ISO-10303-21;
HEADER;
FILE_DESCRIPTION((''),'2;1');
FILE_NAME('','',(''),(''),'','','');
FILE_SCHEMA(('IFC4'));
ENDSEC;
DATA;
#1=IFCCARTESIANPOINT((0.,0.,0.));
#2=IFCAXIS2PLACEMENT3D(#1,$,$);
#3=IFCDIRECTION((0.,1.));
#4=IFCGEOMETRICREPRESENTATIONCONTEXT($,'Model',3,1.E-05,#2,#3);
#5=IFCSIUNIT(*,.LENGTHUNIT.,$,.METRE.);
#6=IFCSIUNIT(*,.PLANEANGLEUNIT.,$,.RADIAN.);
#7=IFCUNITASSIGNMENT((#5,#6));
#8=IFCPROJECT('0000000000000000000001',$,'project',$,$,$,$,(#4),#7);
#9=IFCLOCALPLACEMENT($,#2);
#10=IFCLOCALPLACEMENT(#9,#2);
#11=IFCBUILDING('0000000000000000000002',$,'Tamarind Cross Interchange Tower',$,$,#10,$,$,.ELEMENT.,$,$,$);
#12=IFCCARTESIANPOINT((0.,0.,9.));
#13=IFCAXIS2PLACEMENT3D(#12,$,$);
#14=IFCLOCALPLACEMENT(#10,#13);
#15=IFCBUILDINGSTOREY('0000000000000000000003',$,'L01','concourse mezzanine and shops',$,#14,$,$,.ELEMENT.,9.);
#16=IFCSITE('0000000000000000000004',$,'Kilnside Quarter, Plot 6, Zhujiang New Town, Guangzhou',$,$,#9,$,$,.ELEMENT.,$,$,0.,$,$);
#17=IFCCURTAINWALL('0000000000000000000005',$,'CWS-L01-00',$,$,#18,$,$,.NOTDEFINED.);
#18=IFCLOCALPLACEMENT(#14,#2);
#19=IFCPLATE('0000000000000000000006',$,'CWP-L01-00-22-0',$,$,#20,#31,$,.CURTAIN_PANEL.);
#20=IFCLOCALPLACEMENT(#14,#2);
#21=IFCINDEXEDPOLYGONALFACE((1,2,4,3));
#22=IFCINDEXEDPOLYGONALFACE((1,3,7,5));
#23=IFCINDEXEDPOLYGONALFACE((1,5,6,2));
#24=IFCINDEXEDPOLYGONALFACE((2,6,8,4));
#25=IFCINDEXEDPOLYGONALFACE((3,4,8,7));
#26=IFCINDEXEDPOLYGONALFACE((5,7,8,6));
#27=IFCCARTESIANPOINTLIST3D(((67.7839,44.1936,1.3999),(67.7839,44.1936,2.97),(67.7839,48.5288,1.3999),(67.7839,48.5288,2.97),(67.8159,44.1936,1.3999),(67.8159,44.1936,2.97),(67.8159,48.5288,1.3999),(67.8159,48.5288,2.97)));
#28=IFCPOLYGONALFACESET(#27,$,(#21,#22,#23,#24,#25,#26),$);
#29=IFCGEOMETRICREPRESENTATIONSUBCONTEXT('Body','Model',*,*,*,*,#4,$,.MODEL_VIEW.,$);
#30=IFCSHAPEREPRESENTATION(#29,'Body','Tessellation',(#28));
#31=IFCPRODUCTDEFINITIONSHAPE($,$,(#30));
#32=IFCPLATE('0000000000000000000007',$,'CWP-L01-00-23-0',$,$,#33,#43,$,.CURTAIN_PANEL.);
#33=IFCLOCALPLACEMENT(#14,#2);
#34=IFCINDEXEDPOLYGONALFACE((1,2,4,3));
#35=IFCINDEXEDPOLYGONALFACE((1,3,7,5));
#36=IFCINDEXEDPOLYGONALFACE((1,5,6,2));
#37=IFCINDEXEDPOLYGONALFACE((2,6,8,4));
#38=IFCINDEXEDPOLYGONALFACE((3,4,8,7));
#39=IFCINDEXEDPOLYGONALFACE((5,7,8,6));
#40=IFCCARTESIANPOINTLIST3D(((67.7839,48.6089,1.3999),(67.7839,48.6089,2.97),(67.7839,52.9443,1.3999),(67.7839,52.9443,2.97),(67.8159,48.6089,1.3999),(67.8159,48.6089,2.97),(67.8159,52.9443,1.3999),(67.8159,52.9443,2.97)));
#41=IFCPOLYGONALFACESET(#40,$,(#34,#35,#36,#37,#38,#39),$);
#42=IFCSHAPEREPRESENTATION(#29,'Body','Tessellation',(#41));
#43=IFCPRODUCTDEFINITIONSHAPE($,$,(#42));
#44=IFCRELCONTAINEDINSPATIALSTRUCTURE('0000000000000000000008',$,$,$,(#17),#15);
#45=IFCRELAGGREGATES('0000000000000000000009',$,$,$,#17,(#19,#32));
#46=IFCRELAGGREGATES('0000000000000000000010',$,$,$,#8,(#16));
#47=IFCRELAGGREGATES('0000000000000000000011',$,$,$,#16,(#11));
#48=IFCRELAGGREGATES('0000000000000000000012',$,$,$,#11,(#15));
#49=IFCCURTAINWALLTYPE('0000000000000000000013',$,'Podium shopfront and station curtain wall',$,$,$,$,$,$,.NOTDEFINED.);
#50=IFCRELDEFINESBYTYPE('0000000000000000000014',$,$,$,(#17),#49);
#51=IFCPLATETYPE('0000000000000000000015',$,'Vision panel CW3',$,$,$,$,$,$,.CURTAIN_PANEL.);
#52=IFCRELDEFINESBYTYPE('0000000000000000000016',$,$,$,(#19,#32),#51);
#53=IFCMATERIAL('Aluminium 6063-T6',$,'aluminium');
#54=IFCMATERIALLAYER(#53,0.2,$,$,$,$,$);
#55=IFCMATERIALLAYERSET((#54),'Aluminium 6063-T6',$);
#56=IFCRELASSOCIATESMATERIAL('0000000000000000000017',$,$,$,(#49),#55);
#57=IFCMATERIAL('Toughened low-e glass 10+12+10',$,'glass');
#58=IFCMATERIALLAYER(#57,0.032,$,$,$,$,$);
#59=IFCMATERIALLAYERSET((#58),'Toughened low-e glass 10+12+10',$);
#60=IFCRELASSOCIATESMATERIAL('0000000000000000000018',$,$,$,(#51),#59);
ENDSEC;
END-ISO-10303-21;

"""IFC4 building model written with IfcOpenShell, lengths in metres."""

from ifc_helpers import new_model, si_unit, direction, frame, origin, place, context, subcontext, project, spatial, polyline, outline, extrude, material, layer, layer_set, type_object, element, aggregate, save


model = new_model("IFC4")

# Units and contexts
model_context = context("Model", 3, precision=1e-05, world=origin(), true_north=direction((0.0, 1.0)))
body_context = subcontext(model_context, "Body", "Model", "MODEL_VIEW")
ifc_project = project(units=[si_unit("LENGTHUNIT", "METRE"), si_unit("PLANEANGLEUNIT", "RADIAN")], contexts=[model_context])

# Site, building, storey
site_placement = place(None, origin())
site = spatial("IfcSite", under=ifc_project, at=site_placement, Name="Kilnside Quarter, Plot 6, Zhujiang New Town, Guangzhou", CompositionType="ELEMENT", RefElevation=0.0)
building_placement = place(site_placement, origin())
building = spatial("IfcBuilding", under=site, at=building_placement, Name="Tamarind Cross Interchange Tower", CompositionType="ELEMENT")
storey_placement = place(building_placement, frame((0.0, 0.0, 9.0)))
storey = spatial("IfcBuildingStorey", under=building, at=storey_placement, Name="L01", Description="concourse mezzanine and shops", CompositionType="ELEMENT", Elevation=9.0)

# Curtain wall
ifc_material_1 = material(Name="Aluminium 6063-T6", Category="aluminium")
ifc_layer_1 = layer(ifc_material_1, 0.2)
ifc_layer_set_1 = layer_set([ifc_layer_1], Name="Aluminium 6063-T6")
curtain_wall_type = type_object("IfcCurtainWallType", Name="Podium shopfront and station curtain wall", PredefinedType="NOTDEFINED", material=ifc_layer_set_1)
curtain_wall_placement = place(storey_placement, origin())
curtain_wall = element("IfcCurtainWall", 1, at=curtain_wall_placement, inside=storey, type_object=curtain_wall_type, Name="CWS-L01-00", PredefinedType="NOTDEFINED")

# Plates
ifc_material_2 = material(Name="Toughened low-e glass 10+12+10", Category="glass")
ifc_layer_2 = layer(ifc_material_2, 0.032)
ifc_layer_set_2 = layer_set([ifc_layer_2], Name="Toughened low-e glass 10+12+10")
plate_type = type_object("IfcPlateType", Name="Vision panel CW3", PredefinedType="CURTAIN_PANEL", material=ifc_layer_set_2)
plate_1_placement = place(storey_placement, frame((0.0, 0.0, 1.3999)))
plate_1 = element("IfcPlate", 2, at=plate_1_placement, type_object=plate_type, Name="CWP-L01-00-22-0", PredefinedType="CURTAIN_PANEL", context=body_context, shape_type="SweptSolid", body=[
    extrude(outline(polyline([(67.7839, 44.1936), (67.7839, 48.5288), (67.8159, 48.5288), (67.8159, 44.1936), (67.7839, 44.1936)])), origin(), (0.0, 0.0, 1.0), 1.5701),
])
plate_2_placement = place(storey_placement, frame((0.0, 0.0, 1.3999)))
plate_2 = element("IfcPlate", 3, at=plate_2_placement, type_object=plate_type, Name="CWP-L01-00-23-0", PredefinedType="CURTAIN_PANEL", context=body_context, shape_type="SweptSolid", body=[
    extrude(outline(polyline([(67.7839, 48.6089), (67.7839, 52.9443), (67.8159, 52.9443), (67.8159, 48.6089), (67.7839, 48.6089)])), origin(), (0.0, 0.0, 1.0), 1.5701),
])
aggregate(curtain_wall, [plate_1, plate_2])

save(model, "model.ifc")
